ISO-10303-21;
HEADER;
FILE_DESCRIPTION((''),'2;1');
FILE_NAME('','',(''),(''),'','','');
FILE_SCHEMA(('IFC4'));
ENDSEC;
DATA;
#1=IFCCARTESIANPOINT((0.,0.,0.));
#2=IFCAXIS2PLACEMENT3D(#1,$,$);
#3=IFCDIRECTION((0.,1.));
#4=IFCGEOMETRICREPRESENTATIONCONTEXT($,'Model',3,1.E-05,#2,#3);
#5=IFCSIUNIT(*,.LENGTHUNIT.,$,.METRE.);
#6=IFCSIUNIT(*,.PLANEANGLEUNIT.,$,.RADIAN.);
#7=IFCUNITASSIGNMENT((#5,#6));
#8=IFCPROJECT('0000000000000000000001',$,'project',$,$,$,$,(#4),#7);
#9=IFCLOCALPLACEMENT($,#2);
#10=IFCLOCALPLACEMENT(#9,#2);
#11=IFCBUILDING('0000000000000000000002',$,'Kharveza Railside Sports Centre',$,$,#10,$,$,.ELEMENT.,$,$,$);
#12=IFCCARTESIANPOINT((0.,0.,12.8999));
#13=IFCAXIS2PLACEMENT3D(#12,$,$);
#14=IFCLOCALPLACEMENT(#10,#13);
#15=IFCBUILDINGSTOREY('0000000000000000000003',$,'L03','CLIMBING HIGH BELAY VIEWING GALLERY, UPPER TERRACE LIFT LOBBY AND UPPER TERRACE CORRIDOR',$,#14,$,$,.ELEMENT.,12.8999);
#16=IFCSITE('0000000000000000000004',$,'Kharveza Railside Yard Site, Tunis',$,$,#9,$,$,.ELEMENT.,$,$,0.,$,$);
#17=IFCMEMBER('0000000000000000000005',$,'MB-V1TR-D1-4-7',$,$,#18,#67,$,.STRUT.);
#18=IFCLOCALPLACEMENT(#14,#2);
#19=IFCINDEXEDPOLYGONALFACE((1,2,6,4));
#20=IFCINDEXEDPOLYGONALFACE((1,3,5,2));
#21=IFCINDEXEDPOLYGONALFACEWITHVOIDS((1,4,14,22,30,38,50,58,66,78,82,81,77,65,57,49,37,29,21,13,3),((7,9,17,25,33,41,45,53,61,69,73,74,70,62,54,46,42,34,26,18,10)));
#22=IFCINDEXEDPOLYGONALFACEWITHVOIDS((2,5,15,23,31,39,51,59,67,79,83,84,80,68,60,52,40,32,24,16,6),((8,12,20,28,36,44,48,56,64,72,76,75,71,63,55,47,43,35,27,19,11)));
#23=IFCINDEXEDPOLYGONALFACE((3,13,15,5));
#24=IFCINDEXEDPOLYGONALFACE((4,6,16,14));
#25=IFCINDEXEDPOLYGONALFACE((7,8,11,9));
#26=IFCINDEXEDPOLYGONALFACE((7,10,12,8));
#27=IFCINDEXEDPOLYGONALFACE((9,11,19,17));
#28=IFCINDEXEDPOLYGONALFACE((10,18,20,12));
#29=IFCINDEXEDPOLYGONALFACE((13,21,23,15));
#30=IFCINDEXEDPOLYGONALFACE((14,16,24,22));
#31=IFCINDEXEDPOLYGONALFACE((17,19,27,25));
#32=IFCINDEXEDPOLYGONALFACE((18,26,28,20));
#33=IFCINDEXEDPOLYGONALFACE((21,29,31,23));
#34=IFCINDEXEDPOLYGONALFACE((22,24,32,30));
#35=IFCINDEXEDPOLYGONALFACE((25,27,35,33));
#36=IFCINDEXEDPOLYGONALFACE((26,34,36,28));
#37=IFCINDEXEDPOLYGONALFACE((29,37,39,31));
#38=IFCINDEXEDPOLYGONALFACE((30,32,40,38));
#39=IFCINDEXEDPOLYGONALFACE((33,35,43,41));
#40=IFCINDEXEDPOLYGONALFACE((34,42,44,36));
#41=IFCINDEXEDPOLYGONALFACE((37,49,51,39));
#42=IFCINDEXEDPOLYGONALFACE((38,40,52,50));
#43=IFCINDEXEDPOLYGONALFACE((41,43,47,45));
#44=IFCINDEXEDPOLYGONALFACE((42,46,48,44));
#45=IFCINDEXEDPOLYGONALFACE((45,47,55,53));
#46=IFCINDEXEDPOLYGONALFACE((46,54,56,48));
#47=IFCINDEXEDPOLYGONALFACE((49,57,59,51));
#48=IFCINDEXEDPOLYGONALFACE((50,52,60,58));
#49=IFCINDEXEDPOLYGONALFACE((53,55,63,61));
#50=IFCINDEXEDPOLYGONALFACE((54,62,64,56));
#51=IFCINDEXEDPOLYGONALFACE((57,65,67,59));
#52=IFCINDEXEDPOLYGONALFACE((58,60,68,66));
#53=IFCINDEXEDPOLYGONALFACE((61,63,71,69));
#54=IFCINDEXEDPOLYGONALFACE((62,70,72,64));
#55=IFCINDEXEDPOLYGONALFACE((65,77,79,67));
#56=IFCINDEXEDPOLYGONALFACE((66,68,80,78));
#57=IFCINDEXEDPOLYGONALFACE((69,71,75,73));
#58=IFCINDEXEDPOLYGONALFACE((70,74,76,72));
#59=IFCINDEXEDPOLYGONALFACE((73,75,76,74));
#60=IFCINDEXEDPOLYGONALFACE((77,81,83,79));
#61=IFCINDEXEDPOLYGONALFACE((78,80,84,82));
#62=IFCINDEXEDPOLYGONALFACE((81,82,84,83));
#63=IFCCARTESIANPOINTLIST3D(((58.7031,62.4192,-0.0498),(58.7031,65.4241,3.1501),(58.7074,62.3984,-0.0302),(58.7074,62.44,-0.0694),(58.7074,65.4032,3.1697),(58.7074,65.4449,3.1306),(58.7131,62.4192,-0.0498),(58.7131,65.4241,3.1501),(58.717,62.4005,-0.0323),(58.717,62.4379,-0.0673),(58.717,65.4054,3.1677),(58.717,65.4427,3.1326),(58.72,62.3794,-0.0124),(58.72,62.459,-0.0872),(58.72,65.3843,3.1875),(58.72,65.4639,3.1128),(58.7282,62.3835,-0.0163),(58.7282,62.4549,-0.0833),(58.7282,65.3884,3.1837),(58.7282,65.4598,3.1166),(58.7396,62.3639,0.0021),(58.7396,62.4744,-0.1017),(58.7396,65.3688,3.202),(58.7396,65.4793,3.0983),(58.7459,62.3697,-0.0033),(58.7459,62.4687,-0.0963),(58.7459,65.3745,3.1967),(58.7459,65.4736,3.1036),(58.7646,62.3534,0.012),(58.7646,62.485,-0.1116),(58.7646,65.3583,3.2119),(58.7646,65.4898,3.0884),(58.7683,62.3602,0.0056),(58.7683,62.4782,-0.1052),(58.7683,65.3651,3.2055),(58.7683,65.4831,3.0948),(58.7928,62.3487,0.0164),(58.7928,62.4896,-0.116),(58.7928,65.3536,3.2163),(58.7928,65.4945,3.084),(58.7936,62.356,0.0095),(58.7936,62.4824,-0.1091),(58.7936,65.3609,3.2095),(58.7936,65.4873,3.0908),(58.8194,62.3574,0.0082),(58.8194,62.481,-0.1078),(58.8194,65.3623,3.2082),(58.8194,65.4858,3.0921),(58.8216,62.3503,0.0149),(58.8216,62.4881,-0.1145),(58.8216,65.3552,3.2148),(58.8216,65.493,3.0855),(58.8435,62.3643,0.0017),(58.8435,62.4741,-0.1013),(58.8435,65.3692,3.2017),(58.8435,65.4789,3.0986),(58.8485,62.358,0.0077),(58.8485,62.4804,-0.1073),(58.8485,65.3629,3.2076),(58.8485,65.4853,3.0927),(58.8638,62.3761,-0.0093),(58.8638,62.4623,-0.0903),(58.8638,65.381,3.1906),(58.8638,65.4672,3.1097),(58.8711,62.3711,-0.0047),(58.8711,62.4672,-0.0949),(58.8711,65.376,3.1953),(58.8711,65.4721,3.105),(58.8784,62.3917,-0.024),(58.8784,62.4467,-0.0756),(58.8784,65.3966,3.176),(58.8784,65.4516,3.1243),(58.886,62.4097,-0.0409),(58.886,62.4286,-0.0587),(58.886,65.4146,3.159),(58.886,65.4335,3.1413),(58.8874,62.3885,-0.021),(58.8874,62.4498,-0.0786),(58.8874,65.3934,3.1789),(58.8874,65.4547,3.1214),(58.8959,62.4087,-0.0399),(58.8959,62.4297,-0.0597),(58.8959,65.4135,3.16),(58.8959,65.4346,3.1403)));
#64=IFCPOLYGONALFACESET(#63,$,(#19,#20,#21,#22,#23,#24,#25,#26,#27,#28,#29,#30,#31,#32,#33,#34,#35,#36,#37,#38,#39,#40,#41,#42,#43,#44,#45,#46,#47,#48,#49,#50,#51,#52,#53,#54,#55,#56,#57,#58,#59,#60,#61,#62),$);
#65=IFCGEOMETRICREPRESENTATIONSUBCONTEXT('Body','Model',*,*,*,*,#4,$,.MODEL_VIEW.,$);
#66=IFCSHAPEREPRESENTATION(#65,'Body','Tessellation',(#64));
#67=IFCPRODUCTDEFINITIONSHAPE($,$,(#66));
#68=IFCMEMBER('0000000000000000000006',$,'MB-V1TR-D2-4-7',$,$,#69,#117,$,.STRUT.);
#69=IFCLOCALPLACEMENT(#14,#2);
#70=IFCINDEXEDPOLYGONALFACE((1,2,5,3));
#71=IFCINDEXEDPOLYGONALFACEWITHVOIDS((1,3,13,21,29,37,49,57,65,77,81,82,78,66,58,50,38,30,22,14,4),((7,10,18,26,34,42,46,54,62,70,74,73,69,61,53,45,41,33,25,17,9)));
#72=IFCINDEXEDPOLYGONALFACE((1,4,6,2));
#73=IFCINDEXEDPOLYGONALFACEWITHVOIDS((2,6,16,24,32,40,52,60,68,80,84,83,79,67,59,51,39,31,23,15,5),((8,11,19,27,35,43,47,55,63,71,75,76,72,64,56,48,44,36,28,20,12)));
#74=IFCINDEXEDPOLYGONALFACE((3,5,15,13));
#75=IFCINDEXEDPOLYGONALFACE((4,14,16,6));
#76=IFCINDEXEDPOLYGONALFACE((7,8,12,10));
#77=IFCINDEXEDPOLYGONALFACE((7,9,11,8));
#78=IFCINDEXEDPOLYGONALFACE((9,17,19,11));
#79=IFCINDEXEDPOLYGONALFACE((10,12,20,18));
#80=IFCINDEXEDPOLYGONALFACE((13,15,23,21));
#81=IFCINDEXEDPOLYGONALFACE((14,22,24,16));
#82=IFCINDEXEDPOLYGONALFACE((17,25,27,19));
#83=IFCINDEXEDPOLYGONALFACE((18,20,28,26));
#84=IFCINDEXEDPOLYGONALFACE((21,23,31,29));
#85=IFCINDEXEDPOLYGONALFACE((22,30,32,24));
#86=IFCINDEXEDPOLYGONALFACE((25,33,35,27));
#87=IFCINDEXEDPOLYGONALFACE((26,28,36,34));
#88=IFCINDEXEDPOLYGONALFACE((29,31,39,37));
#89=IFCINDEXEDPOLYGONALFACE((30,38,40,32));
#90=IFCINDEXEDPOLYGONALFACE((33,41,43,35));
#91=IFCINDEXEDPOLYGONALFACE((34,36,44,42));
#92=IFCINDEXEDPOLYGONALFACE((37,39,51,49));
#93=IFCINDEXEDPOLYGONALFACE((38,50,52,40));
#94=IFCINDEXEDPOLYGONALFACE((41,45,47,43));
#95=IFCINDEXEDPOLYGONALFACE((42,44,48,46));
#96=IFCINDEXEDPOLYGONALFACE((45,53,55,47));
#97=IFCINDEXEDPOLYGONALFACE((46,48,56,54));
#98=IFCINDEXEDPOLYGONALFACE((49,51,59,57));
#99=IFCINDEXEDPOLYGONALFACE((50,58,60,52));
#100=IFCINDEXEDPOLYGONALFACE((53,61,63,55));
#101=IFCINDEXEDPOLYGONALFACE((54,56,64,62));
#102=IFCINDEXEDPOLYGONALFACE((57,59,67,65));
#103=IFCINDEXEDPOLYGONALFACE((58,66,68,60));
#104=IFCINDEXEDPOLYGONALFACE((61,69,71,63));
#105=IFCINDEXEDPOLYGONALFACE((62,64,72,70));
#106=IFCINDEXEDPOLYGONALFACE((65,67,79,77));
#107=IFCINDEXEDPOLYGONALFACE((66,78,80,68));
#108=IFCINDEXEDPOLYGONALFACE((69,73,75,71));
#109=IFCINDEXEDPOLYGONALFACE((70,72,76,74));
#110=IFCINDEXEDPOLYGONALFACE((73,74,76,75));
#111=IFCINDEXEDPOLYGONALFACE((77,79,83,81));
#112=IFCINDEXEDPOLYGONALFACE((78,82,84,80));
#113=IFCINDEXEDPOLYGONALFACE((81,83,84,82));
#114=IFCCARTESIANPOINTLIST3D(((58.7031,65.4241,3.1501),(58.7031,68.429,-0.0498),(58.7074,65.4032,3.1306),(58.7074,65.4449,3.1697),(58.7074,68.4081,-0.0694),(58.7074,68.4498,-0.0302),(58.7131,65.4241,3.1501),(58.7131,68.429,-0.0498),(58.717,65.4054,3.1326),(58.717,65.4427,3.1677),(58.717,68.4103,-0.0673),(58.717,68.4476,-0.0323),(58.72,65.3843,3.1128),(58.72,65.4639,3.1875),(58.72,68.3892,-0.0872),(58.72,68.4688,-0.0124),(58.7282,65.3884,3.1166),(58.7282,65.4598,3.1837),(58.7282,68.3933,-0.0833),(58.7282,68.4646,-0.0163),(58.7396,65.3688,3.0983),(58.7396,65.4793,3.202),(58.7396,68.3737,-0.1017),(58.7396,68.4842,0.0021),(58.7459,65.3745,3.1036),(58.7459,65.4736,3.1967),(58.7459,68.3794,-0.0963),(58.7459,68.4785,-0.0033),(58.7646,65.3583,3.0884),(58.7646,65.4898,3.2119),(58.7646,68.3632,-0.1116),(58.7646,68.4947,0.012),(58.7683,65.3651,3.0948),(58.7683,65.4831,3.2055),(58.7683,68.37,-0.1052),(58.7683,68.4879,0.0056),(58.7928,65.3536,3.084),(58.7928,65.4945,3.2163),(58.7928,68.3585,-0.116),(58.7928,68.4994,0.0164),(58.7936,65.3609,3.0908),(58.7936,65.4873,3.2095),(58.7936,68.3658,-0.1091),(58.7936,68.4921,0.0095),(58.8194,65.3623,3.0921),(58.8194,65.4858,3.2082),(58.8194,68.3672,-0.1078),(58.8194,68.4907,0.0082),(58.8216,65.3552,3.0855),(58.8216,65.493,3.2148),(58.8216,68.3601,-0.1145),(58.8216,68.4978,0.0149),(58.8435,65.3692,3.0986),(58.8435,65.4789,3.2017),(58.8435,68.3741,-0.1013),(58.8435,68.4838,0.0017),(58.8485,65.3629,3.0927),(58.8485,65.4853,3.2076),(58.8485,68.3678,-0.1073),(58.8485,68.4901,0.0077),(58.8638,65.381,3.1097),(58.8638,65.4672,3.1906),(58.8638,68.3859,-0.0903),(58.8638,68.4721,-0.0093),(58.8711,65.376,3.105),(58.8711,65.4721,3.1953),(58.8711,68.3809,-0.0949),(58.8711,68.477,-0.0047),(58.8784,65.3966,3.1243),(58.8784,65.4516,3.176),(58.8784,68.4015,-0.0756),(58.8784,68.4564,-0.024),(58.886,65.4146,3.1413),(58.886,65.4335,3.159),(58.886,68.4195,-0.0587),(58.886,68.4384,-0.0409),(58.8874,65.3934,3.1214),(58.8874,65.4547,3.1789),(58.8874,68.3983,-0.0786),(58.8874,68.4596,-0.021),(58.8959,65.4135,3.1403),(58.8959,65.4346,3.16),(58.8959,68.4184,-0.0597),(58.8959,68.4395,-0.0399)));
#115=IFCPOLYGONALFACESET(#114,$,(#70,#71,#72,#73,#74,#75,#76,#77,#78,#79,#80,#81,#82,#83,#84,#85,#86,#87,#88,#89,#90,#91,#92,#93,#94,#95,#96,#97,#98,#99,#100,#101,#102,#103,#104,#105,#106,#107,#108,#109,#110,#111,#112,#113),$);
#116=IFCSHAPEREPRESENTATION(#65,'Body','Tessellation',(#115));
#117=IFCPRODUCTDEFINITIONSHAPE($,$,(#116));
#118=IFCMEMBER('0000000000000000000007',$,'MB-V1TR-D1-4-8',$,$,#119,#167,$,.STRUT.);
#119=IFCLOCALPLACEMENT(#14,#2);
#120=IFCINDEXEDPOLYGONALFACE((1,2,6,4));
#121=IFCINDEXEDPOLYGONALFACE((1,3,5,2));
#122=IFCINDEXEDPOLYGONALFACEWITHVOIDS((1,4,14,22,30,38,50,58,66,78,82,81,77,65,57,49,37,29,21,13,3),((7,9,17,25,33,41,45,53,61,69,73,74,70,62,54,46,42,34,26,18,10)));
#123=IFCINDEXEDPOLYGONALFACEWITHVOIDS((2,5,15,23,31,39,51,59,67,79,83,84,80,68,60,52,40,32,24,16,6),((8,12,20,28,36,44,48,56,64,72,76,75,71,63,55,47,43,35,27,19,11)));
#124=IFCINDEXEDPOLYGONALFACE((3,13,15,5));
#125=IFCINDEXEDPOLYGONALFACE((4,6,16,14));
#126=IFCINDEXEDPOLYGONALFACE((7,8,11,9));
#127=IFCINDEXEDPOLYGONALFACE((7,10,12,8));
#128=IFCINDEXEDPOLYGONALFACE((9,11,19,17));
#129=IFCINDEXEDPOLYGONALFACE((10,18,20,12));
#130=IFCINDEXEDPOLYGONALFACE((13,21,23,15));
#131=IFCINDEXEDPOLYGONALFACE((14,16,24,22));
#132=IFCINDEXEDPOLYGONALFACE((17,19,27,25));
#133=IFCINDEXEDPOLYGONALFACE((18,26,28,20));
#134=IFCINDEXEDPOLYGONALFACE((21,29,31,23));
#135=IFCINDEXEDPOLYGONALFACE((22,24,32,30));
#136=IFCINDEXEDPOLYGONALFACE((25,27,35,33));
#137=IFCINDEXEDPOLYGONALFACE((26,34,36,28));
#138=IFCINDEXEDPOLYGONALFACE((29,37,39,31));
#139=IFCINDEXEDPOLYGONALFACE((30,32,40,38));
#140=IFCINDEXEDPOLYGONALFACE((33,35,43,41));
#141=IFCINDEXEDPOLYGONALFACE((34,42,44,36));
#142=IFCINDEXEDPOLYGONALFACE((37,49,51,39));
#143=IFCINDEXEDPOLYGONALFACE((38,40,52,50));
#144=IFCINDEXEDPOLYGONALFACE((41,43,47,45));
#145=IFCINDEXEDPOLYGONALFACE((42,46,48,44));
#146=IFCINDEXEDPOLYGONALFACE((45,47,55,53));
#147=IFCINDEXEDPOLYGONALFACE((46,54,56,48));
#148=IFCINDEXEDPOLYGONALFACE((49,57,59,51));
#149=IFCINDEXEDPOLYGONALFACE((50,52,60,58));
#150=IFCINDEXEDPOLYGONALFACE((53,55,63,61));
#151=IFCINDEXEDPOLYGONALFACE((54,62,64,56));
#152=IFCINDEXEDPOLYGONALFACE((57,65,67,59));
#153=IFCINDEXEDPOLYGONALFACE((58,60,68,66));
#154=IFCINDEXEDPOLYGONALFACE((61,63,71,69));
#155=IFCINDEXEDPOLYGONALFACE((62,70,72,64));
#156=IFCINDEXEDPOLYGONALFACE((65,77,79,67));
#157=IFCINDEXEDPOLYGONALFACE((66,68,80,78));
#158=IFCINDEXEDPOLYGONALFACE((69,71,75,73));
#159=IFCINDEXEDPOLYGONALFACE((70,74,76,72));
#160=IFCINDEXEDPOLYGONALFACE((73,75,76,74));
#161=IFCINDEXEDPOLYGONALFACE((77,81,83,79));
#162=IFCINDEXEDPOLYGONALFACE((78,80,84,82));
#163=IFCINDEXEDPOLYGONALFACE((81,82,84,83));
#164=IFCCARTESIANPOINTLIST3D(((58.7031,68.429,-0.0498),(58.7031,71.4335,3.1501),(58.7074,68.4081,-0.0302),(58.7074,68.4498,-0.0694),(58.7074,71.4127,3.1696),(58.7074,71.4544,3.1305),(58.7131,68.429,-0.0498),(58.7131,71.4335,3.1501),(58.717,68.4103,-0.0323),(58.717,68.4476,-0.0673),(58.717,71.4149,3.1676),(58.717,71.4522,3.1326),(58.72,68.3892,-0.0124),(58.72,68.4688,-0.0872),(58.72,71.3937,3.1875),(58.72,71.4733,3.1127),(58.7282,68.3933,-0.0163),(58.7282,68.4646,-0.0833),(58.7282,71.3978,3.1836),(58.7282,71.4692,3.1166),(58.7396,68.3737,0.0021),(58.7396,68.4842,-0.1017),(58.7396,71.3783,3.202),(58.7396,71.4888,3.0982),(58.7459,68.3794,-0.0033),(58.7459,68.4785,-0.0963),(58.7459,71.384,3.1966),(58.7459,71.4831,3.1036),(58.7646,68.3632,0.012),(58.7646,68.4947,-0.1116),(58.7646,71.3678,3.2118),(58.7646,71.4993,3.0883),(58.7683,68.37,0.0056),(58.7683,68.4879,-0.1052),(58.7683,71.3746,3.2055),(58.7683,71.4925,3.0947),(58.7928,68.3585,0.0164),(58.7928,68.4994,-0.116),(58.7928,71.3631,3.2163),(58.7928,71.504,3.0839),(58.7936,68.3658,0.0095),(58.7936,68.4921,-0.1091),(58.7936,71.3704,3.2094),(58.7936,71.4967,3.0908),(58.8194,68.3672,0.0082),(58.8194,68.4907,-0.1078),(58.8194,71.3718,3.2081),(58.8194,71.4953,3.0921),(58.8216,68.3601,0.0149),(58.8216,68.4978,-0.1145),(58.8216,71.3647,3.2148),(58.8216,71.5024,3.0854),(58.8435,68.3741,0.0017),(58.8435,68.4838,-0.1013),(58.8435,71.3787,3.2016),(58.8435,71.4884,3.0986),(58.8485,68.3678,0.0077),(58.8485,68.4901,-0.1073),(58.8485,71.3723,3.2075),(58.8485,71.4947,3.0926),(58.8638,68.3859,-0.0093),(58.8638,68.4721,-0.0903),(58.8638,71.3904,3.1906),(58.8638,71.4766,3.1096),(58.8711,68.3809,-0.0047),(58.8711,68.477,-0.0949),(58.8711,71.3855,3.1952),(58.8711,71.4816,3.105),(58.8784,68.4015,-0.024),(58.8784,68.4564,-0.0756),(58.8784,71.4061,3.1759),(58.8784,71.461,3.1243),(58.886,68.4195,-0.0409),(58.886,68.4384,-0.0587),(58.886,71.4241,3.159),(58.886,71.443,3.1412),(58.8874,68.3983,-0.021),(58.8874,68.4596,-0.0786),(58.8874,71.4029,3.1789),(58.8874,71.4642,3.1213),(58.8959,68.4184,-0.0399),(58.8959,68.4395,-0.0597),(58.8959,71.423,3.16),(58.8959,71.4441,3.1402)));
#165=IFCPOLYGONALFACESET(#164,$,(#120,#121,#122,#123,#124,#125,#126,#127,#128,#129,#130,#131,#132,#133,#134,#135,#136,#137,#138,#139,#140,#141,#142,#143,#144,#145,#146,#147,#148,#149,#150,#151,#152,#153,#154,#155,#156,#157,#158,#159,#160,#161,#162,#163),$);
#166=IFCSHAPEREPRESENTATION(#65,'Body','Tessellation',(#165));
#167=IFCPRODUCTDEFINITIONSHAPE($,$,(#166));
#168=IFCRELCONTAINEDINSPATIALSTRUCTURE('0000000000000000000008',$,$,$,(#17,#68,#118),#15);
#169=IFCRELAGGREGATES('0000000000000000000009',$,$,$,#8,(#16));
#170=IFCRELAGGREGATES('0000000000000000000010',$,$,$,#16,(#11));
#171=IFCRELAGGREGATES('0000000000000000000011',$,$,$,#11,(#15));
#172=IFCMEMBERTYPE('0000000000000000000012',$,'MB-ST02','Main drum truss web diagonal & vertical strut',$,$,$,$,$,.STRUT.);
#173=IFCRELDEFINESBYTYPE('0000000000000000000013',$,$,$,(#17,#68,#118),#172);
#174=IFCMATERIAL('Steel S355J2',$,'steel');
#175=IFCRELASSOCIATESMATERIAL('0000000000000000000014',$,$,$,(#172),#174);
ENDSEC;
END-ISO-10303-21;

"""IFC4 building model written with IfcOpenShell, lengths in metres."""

from ifc_helpers import new_model, si_unit, direction, frame, origin, origin_2d, place, context, subcontext, project, spatial, hollow_circle, extrude, material, material_profile, profile_set, type_object, element, save


model = new_model("IFC4")

# Units and contexts
model_context = context("Model", 3, precision=1e-05, world=origin(), true_north=direction((0.0, 1.0)))
body_context = subcontext(model_context, "Body", "Model", "MODEL_VIEW")
ifc_project = project(units=[si_unit("LENGTHUNIT", "METRE"), si_unit("PLANEANGLEUNIT", "RADIAN")], contexts=[model_context])

# Site, building, storey
site_placement = place(None, origin())
site = spatial("IfcSite", under=ifc_project, at=site_placement, Name="Kharveza Railside Yard Site, Tunis", CompositionType="ELEMENT", RefElevation=0.0)
building_placement = place(site_placement, origin())
building = spatial("IfcBuilding", under=site, at=building_placement, Name="Kharveza Railside Sports Centre", CompositionType="ELEMENT")
storey_placement = place(building_placement, frame((0.0, 0.0, 12.8999)))
storey = spatial("IfcBuildingStorey", under=building, at=storey_placement, Name="L03", Description="CLIMBING HIGH BELAY VIEWING GALLERY, UPPER TERRACE LIFT LOBBY AND UPPER TERRACE CORRIDOR", CompositionType="ELEMENT", Elevation=12.8999)

# Members
ifc_material = material(Name="Steel S355J2", Category="steel")
ifc_material_profile_1 = material_profile(ifc_material, hollow_circle(Radius=0.0969, WallThickness=0.01, at=origin_2d()), Name="CHS 193.7x10.0")
ifc_profile_set_1 = profile_set([ifc_material_profile_1], Name="Steel S355J2")
member_type_1 = type_object("IfcMemberType", Name="MB-ST02", Description="Main drum truss web diagonal & vertical strut", PredefinedType="STRUT", material=ifc_profile_set_1)
for number, where, z_axis, x_axis, name in (
    (1, (58.8, 62.4192, -0.0498), (0.0, 0.684538, 0.728977), (-1.0, 0.0, 0.0), "MB-V1TR-D1-4-7"),
    (2, (58.8, 65.4241, 3.1501), (0.0, 0.684538, -0.728977), (-1.0, 0.0, 0.0), "MB-V1TR-D2-4-7"),
):
    element("IfcMember", number, at=place(storey_placement, frame(where, z_axis=z_axis, x_axis=x_axis)), inside=storey, type_object=member_type_1, Name=name, PredefinedType="STRUT", context=body_context, shape_type="SweptSolid", body=[
        extrude(hollow_circle(Radius=0.0969, WallThickness=0.01, at=origin_2d()), origin(), (0.0, 0.0, 1.0), 4.3896),
    ])
member_1_placement = place(storey_placement, frame((58.8, 68.429, -0.0498), z_axis=(0.0, 0.684509, 0.729004), x_axis=(-1.0, 0.0, 0.0)))
element("IfcMember", 3, at=member_1_placement, inside=storey, type_object=member_type_1, Name="MB-V1TR-D1-4-8", PredefinedType="STRUT", context=body_context, shape_type="SweptSolid", body=[
    extrude(hollow_circle(Radius=0.0969, WallThickness=0.01, at=origin_2d()), origin(), (0.0, 0.0, 1.0), 4.3894),
])

save(model, "model.ifc")
